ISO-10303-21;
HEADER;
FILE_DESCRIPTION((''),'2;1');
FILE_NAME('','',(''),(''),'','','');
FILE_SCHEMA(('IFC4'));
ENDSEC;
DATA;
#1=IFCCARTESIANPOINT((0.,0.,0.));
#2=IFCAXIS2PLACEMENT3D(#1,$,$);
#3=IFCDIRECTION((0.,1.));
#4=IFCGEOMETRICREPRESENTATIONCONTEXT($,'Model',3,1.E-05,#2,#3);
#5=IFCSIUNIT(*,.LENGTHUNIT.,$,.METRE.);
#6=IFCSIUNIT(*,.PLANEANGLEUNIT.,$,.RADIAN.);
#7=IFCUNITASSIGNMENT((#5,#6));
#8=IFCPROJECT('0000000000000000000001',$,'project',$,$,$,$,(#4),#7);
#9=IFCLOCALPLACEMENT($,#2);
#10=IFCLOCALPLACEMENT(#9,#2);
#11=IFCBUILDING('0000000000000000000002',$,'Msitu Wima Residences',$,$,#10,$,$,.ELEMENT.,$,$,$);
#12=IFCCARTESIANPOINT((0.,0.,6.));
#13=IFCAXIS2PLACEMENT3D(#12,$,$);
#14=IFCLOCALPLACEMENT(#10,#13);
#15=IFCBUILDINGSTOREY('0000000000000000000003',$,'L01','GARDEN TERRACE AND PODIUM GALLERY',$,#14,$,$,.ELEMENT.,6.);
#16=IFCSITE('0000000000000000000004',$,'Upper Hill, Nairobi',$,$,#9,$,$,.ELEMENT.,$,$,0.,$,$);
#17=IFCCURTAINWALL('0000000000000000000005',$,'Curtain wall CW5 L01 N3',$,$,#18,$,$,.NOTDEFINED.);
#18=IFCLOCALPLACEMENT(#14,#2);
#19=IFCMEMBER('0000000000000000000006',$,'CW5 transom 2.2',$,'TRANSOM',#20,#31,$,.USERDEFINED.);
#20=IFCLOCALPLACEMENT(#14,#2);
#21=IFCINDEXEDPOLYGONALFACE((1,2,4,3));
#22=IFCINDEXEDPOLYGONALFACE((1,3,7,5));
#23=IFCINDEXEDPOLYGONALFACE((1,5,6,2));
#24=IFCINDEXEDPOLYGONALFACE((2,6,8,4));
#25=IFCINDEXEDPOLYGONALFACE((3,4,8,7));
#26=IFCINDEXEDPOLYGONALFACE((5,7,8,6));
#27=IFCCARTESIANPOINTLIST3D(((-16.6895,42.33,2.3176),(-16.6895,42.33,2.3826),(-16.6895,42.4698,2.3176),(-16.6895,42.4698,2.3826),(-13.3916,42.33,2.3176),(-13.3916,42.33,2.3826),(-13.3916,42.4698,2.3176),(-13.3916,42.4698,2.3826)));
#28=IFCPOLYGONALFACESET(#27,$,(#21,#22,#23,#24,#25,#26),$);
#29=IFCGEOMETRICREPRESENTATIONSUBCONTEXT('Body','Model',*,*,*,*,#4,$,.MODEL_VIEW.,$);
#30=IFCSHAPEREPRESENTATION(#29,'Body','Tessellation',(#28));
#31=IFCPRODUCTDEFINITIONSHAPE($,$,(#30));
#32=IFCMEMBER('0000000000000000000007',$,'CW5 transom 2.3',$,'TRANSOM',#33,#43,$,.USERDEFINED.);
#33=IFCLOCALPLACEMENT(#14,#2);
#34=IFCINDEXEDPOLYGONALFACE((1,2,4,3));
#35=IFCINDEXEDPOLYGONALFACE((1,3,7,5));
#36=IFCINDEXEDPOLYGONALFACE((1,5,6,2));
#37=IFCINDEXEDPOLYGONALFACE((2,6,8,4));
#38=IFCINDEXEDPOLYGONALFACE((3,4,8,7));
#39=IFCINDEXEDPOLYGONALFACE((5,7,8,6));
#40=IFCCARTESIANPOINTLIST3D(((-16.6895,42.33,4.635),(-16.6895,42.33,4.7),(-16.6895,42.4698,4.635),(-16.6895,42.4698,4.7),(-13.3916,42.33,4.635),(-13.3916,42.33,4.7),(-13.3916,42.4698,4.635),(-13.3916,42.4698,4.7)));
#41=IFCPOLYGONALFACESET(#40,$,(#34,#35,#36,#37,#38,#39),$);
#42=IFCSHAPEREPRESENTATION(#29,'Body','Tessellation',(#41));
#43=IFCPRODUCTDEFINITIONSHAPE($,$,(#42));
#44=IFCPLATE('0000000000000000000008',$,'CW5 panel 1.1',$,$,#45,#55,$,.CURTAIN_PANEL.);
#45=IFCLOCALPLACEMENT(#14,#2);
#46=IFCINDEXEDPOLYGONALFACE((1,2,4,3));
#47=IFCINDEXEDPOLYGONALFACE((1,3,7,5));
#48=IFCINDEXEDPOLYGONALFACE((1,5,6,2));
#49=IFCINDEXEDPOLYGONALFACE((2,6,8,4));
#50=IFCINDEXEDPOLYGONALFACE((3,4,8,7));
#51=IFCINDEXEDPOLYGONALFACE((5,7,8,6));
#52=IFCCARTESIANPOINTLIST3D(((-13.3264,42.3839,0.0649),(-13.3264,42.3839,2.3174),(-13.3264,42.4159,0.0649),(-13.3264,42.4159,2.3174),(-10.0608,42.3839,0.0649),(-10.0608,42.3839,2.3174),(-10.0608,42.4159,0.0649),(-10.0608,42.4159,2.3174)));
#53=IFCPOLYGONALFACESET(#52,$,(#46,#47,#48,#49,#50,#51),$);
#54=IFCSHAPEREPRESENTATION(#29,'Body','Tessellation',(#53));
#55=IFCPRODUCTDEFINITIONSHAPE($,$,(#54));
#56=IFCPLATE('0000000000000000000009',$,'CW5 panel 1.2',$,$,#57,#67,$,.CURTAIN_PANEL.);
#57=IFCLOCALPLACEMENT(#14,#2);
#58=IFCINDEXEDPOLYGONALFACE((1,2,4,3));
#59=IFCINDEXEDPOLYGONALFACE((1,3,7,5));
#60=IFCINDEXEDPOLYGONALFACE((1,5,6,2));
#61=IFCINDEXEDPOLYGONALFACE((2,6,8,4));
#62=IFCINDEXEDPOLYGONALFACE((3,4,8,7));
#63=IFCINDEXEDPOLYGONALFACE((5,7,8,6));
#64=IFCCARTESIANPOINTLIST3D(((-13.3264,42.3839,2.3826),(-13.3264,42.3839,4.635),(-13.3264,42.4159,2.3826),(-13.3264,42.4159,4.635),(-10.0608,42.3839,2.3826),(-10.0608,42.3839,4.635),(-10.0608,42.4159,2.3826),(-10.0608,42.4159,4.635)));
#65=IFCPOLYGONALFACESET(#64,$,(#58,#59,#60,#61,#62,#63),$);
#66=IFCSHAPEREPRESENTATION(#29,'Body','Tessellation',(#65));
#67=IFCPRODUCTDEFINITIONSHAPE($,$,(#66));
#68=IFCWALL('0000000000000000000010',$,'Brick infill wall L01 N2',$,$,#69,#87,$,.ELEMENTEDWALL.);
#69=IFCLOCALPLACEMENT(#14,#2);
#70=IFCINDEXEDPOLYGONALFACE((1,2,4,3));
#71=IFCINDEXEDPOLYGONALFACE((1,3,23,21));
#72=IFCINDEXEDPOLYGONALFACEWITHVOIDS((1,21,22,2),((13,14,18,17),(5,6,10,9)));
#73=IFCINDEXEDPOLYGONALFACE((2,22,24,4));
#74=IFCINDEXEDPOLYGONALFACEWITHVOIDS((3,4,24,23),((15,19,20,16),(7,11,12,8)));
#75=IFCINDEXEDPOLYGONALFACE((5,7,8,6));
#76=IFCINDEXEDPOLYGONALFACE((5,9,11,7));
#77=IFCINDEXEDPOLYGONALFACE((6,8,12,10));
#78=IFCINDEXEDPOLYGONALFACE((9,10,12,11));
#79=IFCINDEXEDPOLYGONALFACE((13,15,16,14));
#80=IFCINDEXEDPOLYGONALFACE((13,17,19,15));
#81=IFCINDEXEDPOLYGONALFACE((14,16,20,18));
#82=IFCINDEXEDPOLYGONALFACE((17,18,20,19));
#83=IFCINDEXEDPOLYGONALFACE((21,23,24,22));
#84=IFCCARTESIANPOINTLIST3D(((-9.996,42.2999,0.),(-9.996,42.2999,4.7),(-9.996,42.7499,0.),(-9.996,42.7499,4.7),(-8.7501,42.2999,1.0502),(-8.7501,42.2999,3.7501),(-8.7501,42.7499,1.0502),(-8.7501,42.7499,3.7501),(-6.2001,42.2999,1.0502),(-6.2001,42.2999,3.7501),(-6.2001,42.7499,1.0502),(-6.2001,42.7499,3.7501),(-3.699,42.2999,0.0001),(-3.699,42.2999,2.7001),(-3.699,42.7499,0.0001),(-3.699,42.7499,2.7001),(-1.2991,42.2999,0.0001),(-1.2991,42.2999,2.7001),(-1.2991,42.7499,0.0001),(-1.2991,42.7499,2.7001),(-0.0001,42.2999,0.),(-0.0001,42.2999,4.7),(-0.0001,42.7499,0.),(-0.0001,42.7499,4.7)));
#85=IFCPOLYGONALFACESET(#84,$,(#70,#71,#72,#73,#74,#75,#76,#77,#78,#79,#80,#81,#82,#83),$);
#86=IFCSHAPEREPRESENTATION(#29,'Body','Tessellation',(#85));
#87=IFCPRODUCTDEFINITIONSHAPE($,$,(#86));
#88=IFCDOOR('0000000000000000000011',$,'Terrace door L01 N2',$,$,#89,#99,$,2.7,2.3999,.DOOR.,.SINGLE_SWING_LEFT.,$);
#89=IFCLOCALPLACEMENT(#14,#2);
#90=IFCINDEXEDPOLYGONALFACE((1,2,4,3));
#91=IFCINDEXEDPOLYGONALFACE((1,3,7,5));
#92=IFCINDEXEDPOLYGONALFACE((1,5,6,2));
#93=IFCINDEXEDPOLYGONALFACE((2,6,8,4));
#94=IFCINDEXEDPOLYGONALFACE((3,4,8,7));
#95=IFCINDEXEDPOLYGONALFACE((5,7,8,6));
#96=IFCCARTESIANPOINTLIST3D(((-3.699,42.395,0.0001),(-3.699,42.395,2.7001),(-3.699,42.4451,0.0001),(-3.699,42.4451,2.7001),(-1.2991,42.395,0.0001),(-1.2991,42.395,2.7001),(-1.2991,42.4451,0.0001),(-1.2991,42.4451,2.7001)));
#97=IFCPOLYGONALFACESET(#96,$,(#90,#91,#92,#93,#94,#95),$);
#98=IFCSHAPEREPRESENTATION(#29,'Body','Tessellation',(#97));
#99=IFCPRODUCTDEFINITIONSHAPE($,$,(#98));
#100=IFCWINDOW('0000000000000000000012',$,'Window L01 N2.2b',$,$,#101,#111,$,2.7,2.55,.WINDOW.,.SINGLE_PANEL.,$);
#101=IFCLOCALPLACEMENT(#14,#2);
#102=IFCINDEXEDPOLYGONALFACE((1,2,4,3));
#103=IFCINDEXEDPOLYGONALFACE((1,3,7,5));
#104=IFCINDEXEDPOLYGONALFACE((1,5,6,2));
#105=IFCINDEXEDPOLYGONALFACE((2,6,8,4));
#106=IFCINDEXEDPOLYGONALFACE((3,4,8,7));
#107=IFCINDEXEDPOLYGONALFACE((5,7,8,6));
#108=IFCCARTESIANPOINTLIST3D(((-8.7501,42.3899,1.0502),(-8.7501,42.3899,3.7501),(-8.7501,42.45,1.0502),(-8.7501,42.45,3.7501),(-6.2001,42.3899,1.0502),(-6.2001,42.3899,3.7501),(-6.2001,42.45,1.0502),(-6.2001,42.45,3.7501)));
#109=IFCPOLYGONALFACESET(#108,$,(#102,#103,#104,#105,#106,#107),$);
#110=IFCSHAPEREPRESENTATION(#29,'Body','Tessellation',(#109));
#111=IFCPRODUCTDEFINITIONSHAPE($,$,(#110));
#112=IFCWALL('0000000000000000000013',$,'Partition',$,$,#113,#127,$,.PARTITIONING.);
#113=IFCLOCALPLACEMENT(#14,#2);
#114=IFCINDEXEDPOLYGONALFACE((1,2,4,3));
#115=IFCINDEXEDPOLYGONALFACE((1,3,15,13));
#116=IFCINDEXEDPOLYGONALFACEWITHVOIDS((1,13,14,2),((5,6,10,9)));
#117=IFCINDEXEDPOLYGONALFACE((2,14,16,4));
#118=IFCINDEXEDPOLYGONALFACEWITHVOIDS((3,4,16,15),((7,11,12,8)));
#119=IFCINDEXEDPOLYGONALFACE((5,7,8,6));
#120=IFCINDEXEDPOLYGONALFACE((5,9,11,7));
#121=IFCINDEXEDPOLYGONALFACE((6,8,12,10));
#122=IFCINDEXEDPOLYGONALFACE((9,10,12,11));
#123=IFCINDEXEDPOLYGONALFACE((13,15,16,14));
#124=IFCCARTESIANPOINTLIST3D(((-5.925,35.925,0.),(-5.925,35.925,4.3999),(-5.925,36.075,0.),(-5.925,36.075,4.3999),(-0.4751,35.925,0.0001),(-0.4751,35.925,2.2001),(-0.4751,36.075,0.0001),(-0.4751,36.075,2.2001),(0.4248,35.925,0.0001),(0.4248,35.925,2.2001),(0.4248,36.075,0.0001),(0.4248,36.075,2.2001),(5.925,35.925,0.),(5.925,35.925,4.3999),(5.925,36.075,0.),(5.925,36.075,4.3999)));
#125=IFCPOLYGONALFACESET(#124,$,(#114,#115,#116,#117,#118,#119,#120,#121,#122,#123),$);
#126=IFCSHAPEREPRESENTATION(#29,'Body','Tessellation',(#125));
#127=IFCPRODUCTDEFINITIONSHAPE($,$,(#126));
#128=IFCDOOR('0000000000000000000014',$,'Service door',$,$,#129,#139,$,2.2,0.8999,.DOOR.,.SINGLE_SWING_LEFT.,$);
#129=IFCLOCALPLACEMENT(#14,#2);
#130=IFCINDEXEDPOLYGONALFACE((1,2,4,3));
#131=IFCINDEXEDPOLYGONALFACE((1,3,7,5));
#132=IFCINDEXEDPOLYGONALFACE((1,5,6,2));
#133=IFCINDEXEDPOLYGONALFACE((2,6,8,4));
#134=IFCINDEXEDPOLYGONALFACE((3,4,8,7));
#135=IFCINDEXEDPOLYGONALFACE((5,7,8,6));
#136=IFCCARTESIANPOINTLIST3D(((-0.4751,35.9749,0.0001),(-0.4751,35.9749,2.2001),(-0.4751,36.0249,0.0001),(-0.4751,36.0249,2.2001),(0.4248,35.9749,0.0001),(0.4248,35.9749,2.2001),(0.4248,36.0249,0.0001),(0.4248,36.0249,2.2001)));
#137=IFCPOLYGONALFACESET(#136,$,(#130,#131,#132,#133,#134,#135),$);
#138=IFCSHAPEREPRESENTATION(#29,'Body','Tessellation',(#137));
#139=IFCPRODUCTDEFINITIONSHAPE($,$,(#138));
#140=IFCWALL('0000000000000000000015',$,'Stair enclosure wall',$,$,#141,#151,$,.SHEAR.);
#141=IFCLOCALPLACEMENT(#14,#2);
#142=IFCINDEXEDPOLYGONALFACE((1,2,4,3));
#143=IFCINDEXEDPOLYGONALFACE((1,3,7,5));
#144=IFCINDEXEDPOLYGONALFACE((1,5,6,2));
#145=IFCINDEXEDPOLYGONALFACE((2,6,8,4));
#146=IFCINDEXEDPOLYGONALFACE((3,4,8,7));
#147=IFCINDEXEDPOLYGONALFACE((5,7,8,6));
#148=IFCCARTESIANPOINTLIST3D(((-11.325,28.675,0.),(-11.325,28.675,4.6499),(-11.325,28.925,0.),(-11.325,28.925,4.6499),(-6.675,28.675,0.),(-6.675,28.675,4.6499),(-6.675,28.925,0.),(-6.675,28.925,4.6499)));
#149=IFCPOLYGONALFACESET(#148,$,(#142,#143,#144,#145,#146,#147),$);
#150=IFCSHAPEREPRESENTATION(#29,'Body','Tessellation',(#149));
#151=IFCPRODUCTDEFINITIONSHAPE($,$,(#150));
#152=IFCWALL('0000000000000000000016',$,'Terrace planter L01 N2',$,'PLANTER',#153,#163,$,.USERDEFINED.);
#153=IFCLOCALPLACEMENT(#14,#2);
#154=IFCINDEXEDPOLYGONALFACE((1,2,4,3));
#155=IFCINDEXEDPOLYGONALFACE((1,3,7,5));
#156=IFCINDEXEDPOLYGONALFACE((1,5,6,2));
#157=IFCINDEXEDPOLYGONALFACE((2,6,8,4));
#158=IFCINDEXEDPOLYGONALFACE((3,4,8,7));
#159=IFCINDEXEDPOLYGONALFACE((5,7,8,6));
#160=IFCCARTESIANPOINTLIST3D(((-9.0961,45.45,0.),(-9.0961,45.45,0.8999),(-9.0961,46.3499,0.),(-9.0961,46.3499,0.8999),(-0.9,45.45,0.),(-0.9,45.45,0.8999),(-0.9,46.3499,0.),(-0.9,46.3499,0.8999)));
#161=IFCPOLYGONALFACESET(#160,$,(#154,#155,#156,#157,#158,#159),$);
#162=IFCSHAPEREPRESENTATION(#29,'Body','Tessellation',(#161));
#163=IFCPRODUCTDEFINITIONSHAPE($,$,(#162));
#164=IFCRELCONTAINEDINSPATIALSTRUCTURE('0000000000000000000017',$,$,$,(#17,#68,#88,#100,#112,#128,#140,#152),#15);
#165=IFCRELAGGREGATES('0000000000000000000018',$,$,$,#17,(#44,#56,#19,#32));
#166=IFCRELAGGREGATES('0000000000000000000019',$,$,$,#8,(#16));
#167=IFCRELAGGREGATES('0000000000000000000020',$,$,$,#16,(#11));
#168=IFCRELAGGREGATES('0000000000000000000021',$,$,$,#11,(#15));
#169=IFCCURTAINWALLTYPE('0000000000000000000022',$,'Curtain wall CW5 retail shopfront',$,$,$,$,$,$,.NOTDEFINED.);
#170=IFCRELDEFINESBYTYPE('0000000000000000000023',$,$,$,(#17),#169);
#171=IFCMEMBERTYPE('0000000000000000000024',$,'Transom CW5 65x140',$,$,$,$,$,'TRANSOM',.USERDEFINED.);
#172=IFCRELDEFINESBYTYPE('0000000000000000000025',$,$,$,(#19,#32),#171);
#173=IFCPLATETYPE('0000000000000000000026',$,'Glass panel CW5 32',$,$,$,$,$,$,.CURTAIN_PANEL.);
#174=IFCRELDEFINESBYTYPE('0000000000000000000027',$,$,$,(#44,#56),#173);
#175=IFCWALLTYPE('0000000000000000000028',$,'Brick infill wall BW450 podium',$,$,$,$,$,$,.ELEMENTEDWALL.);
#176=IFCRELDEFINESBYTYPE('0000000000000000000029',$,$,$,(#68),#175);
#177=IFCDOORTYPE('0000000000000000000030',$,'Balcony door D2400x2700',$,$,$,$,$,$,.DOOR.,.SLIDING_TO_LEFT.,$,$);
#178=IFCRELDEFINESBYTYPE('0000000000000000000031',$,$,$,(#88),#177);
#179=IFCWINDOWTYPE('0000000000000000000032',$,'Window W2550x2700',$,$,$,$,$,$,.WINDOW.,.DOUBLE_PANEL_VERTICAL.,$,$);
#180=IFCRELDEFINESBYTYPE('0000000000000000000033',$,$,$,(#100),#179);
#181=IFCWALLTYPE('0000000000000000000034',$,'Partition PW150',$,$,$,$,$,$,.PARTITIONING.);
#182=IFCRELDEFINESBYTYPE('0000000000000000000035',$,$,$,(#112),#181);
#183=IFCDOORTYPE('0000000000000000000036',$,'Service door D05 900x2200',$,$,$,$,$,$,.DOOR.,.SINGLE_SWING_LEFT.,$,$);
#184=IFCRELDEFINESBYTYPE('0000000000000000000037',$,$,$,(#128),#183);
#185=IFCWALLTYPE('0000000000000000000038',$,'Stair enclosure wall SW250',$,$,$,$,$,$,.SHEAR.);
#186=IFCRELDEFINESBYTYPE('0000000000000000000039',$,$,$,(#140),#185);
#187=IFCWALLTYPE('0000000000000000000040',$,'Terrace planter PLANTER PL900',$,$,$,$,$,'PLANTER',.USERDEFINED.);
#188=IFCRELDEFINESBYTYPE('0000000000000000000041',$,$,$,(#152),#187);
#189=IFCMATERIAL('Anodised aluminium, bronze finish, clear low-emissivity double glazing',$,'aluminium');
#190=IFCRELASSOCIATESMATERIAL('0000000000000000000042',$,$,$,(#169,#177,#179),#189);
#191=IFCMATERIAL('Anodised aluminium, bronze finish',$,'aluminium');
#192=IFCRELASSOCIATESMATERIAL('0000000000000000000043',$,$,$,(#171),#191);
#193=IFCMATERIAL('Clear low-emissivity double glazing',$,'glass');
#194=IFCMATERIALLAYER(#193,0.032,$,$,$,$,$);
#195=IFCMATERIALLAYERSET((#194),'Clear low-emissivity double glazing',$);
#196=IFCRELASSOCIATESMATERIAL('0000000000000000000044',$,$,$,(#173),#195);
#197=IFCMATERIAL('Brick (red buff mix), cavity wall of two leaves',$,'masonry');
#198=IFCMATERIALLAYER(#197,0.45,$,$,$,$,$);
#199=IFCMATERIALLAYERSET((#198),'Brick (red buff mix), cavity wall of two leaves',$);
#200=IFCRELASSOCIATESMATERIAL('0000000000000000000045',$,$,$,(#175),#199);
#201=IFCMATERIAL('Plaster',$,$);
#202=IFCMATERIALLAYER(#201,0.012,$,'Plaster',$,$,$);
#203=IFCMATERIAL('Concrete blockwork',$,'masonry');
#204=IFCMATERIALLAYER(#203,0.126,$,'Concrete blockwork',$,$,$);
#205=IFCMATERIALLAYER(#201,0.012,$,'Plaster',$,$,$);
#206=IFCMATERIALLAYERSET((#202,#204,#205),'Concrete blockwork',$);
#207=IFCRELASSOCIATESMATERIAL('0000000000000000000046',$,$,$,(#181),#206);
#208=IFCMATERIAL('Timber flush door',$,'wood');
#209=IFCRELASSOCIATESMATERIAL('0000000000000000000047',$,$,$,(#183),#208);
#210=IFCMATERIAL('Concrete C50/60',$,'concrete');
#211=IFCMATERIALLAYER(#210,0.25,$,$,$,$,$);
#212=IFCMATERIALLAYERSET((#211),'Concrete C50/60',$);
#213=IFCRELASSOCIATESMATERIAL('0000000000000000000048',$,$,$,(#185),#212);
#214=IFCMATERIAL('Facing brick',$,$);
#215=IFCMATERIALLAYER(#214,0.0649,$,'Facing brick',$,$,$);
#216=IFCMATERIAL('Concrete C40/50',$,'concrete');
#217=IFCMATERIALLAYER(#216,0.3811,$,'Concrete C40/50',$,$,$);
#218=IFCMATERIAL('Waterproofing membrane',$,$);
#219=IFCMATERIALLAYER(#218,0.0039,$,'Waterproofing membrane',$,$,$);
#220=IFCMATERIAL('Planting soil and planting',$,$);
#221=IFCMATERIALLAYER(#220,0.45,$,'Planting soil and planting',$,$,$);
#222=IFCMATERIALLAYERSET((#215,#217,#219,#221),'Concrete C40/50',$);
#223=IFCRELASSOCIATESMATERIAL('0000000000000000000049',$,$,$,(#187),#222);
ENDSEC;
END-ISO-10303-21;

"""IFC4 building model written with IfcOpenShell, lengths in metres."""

from ifc_helpers import new_model, si_unit, direction, frame, frame_2d, origin, origin_2d, place, context, subcontext, project, spatial, rectangle, extrude, material, layer, layer_set, material_profile, profile_set, type_object, element, fill, aggregate, save


model = new_model("IFC4")

# Units and contexts
model_context = context("Model", 3, precision=1e-05, world=origin(), true_north=direction((0.0, 1.0)))
body_context = subcontext(model_context, "Body", "Model", "MODEL_VIEW")
ifc_project = project(units=[si_unit("LENGTHUNIT", "METRE"), si_unit("PLANEANGLEUNIT", "RADIAN")], contexts=[model_context])

# Site, building, storey
site_placement = place(None, origin())
site = spatial("IfcSite", under=ifc_project, at=site_placement, Name="Upper Hill, Nairobi", CompositionType="ELEMENT", RefElevation=0.0)
building_placement = place(site_placement, origin())
building = spatial("IfcBuilding", under=site, at=building_placement, Name="Msitu Wima Residences", CompositionType="ELEMENT")
storey_placement = place(building_placement, frame((0.0, 0.0, 6.0)))
storey = spatial("IfcBuildingStorey", under=building, at=storey_placement, Name="L01", Description="GARDEN TERRACE AND PODIUM GALLERY", CompositionType="ELEMENT", Elevation=6.0)

# Shared definitions
ifc_material_1 = material(Name="Concrete C40/50", Category="concrete")

# Curtain wall
ifc_material_2 = material(Name="Anodised aluminium, bronze finish, clear low-emissivity double glazing", Category="aluminium")
curtain_wall_type = type_object("IfcCurtainWallType", Name="Curtain wall CW5 retail shopfront", PredefinedType="NOTDEFINED", material=ifc_material_2)
curtain_wall_placement = place(storey_placement, origin())
curtain_wall = element("IfcCurtainWall", 1, at=curtain_wall_placement, inside=storey, type_object=curtain_wall_type, Name="Curtain wall CW5 L01 N3", PredefinedType="NOTDEFINED")
ifc_material_3 = material(Name="Anodised aluminium, bronze finish", Category="aluminium")

# Members
ifc_material_profile_1 = material_profile(ifc_material_3, rectangle(XDim=0.1399, YDim=0.0649, at=origin_2d()), Name="Transom 65x140")
ifc_profile_set_1 = profile_set([ifc_material_profile_1], Name="Anodised aluminium, bronze finish")
member_type_1 = type_object("IfcMemberType", Name="Transom CW5 65x140", ElementType="TRANSOM", PredefinedType="USERDEFINED", material=ifc_profile_set_1)
member_1_placement = place(storey_placement, frame((-13.3916, 42.3999, 2.3501), z_axis=(-1.0, 0.0, 0.0), x_axis=(0.0, -1.0, 0.0)))
member_1 = element("IfcMember", 2, at=member_1_placement, type_object=member_type_1, Name="CW5 transom 2.2", ObjectType="TRANSOM", PredefinedType="USERDEFINED", context=body_context, shape_type="SweptSolid", body=[
    extrude(rectangle(XDim=0.1399, YDim=0.0649, at=origin_2d()), origin(), (0.0, 0.0, 1.0), 3.2979),
])
member_2_placement = place(storey_placement, frame((-13.3916, 42.3999, 4.6675), z_axis=(-1.0, 0.0, 0.0), x_axis=(0.0, -1.0, 0.0)))
member_2 = element("IfcMember", 3, at=member_2_placement, type_object=member_type_1, Name="CW5 transom 2.3", ObjectType="TRANSOM", PredefinedType="USERDEFINED", context=body_context, shape_type="SweptSolid", body=[
    extrude(rectangle(XDim=0.1399, YDim=0.0649, at=origin_2d()), origin(), (0.0, 0.0, 1.0), 3.2979),
])

# Plates
ifc_material_4 = material(Name="Clear low-emissivity double glazing", Category="glass")
ifc_layer_1 = layer(ifc_material_4, 0.032)
ifc_layer_set_1 = layer_set([ifc_layer_1], Name="Clear low-emissivity double glazing")
plate_type = type_object("IfcPlateType", Name="Glass panel CW5 32", PredefinedType="CURTAIN_PANEL", material=ifc_layer_set_1)
plate_1_placement = place(storey_placement, frame((-11.6936, 42.3999, 0.0649), z_axis=(0.0, 0.0, 1.0), x_axis=(-1.0, 0.0, 0.0)))
plate_1 = element("IfcPlate", 4, at=plate_1_placement, type_object=plate_type, Name="CW5 panel 1.1", PredefinedType="CURTAIN_PANEL", context=body_context, shape_type="SweptSolid", body=[
    extrude(rectangle(XDim=3.2656, YDim=0.032, at=origin_2d()), origin(), (0.0, 0.0, 1.0), 2.2524),
])
plate_2_placement = place(storey_placement, frame((-11.6936, 42.3999, 2.3826), z_axis=(0.0, 0.0, 1.0), x_axis=(-1.0, 0.0, 0.0)))
plate_2 = element("IfcPlate", 5, at=plate_2_placement, type_object=plate_type, Name="CW5 panel 1.2", PredefinedType="CURTAIN_PANEL", context=body_context, shape_type="SweptSolid", body=[
    extrude(rectangle(XDim=3.2656, YDim=0.032, at=origin_2d()), origin(), (0.0, 0.0, 1.0), 2.2524),
])
aggregate(curtain_wall, [plate_1, plate_2, member_1, member_2])

# Wall, openings, door, window
ifc_material_5 = material(Name="Brick (red buff mix), cavity wall of two leaves", Category="masonry")
ifc_layer_2 = layer(ifc_material_5, 0.45)
ifc_layer_set_2 = layer_set([ifc_layer_2], Name="Brick (red buff mix), cavity wall of two leaves")
wall_type_1 = type_object("IfcWallType", Name="Brick infill wall BW450 podium", PredefinedType="ELEMENTEDWALL", material=ifc_layer_set_2)
wall_1_placement = place(storey_placement, frame((0.0, 42.5249, 0.0), z_axis=(0.0, 0.0, 1.0), x_axis=(-1.0, 0.0, 0.0)))
wall_1 = element("IfcWall", 6, at=wall_1_placement, inside=storey, type_object=wall_type_1, Name="Brick infill wall L01 N2", PredefinedType="ELEMENTEDWALL", context=body_context, shape_type="SweptSolid", body=[
    extrude(rectangle(XDim=9.9958, YDim=0.45, at=frame_2d((4.998, 0.0))), origin(), (0.0, 0.0, 1.0), 4.7),
])
opening_1_placement = place(wall_1_placement, frame((1.2991, 0.0, 0.0)))
opening_1 = element("IfcOpeningElement", 7, at=opening_1_placement, cuts=wall_1, PredefinedType="OPENING", context=body_context, shape_type="SweptSolid", body=[
    extrude(rectangle(XDim=2.3999, YDim=2.7, at=frame_2d((1.2, 1.3501))), frame((0.0, 0.2349, 0.0), z_axis=(0.0, -1.0, 0.0), x_axis=(1.0, 0.0, 0.0)), (0.0, 0.0, 1.0), 0.47),
])
opening_2_placement = place(wall_1_placement, frame((6.2002, 0.0, 1.05)))
opening_2 = element("IfcOpeningElement", 8, at=opening_2_placement, cuts=wall_1, PredefinedType="OPENING", context=body_context, shape_type="SweptSolid", body=[
    extrude(rectangle(XDim=2.55, YDim=2.7, at=frame_2d((1.2749, 1.3501))), frame((0.0, 0.2349, 0.0), z_axis=(0.0, -1.0, 0.0), x_axis=(1.0, 0.0, 0.0)), (0.0, 0.0, 1.0), 0.47),
])
door_type_1 = type_object("IfcDoorType", Name="Balcony door D2400x2700", OperationType="SLIDING_TO_LEFT", PredefinedType="DOOR", material=ifc_material_2)
door_1_placement = place(opening_1_placement, origin())
door_1 = element("IfcDoor", 9, at=door_1_placement, inside=storey, type_object=door_type_1, Name="Terrace door L01 N2", OperationType="SINGLE_SWING_LEFT", OverallHeight=2.7, OverallWidth=2.3999, PredefinedType="DOOR", context=body_context, shape_type="SweptSolid", body=[
    extrude(rectangle(XDim=2.3999, YDim=2.7, at=frame_2d((1.2, 1.3501))), frame((0.0, 0.1299, 0.0), z_axis=(0.0, -1.0, 0.0), x_axis=(1.0, 0.0, 0.0)), (0.0, 0.0, 1.0), 0.05),
])
fill(opening_1, door_1)
window_type = type_object("IfcWindowType", Name="Window W2550x2700", PartitioningType="DOUBLE_PANEL_VERTICAL", PredefinedType="WINDOW", material=ifc_material_2)
window_placement = place(opening_2_placement, origin())
window = element("IfcWindow", 10, at=window_placement, inside=storey, type_object=window_type, Name="Window L01 N2.2b", OverallHeight=2.7, OverallWidth=2.55, PartitioningType="SINGLE_PANEL", PredefinedType="WINDOW", context=body_context, shape_type="SweptSolid", body=[
    extrude(rectangle(XDim=2.55, YDim=2.7, at=frame_2d((1.2749, 1.3501))), frame((0.0, 0.135, 0.0), z_axis=(0.0, -1.0, 0.0), x_axis=(1.0, 0.0, 0.0)), (0.0, 0.0, 1.0), 0.0601),
])
fill(opening_2, window)

# Wall, opening, door
ifc_material_6 = material(Name="Plaster")
ifc_layer_3 = layer(ifc_material_6, 0.012, Name="Plaster")
ifc_material_7 = material(Name="Concrete blockwork", Category="masonry")
ifc_layer_4 = layer(ifc_material_7, 0.126, Name="Concrete blockwork")
ifc_layer_5 = layer(ifc_material_6, 0.012, Name="Plaster")
ifc_layer_set_3 = layer_set([ifc_layer_3, ifc_layer_4, ifc_layer_5], Name="Concrete blockwork")
wall_type_2 = type_object("IfcWallType", Name="Partition PW150", PredefinedType="PARTITIONING", material=ifc_layer_set_3)
wall_2_placement = place(storey_placement, frame((-5.925, 36.0, 0.0), z_axis=(0.0, 0.0, 1.0), x_axis=(1.0, 0.0, 0.0)))
wall_2 = element("IfcWall", 11, at=wall_2_placement, inside=storey, type_object=wall_type_2, Name="Partition", PredefinedType="PARTITIONING", context=body_context, shape_type="SweptSolid", body=[
    extrude(rectangle(XDim=11.8501, YDim=0.1499, at=frame_2d((5.925, 0.0))), origin(), (0.0, 0.0, 1.0), 4.3999),
])
opening_3_placement = place(wall_2_placement, frame((5.45, 0.0, 0.0)))
opening_3 = element("IfcOpeningElement", 12, at=opening_3_placement, cuts=wall_2, PredefinedType="OPENING", context=body_context, shape_type="SweptSolid", body=[
    extrude(rectangle(XDim=0.8999, YDim=2.2, at=frame_2d((0.45, 1.1001))), frame((0.0, 0.085, 0.0), z_axis=(0.0, -1.0, 0.0), x_axis=(1.0, 0.0, 0.0)), (0.0, 0.0, 1.0), 0.1699),
])
ifc_material_8 = material(Name="Timber flush door", Category="wood")
door_type_2 = type_object("IfcDoorType", Name="Service door D05 900x2200", OperationType="SINGLE_SWING_LEFT", PredefinedType="DOOR", material=ifc_material_8)
door_2_placement = place(opening_3_placement, origin())
door_2 = element("IfcDoor", 13, at=door_2_placement, inside=storey, type_object=door_type_2, Name="Service door", OperationType="SINGLE_SWING_LEFT", OverallHeight=2.2, OverallWidth=0.8999, PredefinedType="DOOR", context=body_context, shape_type="SweptSolid", body=[
    extrude(rectangle(XDim=0.8999, YDim=2.2, at=frame_2d((0.45, 1.1001))), frame((0.0, 0.0249, 0.0), z_axis=(0.0, -1.0, 0.0), x_axis=(1.0, 0.0, 0.0)), (0.0, 0.0, 1.0), 0.05),
])
fill(opening_3, door_2)

# Walls
ifc_material_9 = material(Name="Concrete C50/60", Category="concrete")
ifc_layer_6 = layer(ifc_material_9, 0.25)
ifc_layer_set_4 = layer_set([ifc_layer_6], Name="Concrete C50/60")
wall_type_3 = type_object("IfcWallType", Name="Stair enclosure wall SW250", PredefinedType="SHEAR", material=ifc_layer_set_4)
wall_3_placement = place(storey_placement, frame((-11.325, 28.8, 0.0), z_axis=(0.0, 0.0, 1.0), x_axis=(1.0, 0.0, 0.0)))
element("IfcWall", 14, at=wall_3_placement, inside=storey, type_object=wall_type_3, Name="Stair enclosure wall", PredefinedType="SHEAR", context=body_context, shape_type="SweptSolid", body=[
    extrude(rectangle(XDim=4.6499, YDim=0.25, at=frame_2d((2.325, 0.0))), origin(), (0.0, 0.0, 1.0), 4.6499),
])
ifc_material_10 = material(Name="Facing brick")
ifc_layer_7 = layer(ifc_material_10, 0.0649, Name="Facing brick")
ifc_layer_8 = layer(ifc_material_1, 0.3811, Name="Concrete C40/50")
ifc_material_11 = material(Name="Waterproofing membrane")
ifc_layer_9 = layer(ifc_material_11, 0.0039, Name="Waterproofing membrane")
ifc_material_12 = material(Name="Planting soil and planting")
ifc_layer_10 = layer(ifc_material_12, 0.45, Name="Planting soil and planting")
ifc_layer_set_5 = layer_set([ifc_layer_7, ifc_layer_8, ifc_layer_9, ifc_layer_10], Name="Concrete C40/50")
wall_type_4 = type_object("IfcWallType", Name="Terrace planter PLANTER PL900", ElementType="PLANTER", PredefinedType="USERDEFINED", material=ifc_layer_set_5)
wall_4_placement = place(storey_placement, frame((-0.8999, 45.8999, 0.0), z_axis=(0.0, 0.0, 1.0), x_axis=(-1.0, 0.0, 0.0)))
element("IfcWall", 15, at=wall_4_placement, inside=storey, type_object=wall_type_4, Name="Terrace planter L01 N2", ObjectType="PLANTER", PredefinedType="USERDEFINED", context=body_context, shape_type="SweptSolid", body=[
    extrude(rectangle(XDim=8.196, YDim=0.8999, at=frame_2d((4.0981, 0.0))), origin(), (0.0, 0.0, 1.0), 0.8999),
])

save(model, "model.ifc")
